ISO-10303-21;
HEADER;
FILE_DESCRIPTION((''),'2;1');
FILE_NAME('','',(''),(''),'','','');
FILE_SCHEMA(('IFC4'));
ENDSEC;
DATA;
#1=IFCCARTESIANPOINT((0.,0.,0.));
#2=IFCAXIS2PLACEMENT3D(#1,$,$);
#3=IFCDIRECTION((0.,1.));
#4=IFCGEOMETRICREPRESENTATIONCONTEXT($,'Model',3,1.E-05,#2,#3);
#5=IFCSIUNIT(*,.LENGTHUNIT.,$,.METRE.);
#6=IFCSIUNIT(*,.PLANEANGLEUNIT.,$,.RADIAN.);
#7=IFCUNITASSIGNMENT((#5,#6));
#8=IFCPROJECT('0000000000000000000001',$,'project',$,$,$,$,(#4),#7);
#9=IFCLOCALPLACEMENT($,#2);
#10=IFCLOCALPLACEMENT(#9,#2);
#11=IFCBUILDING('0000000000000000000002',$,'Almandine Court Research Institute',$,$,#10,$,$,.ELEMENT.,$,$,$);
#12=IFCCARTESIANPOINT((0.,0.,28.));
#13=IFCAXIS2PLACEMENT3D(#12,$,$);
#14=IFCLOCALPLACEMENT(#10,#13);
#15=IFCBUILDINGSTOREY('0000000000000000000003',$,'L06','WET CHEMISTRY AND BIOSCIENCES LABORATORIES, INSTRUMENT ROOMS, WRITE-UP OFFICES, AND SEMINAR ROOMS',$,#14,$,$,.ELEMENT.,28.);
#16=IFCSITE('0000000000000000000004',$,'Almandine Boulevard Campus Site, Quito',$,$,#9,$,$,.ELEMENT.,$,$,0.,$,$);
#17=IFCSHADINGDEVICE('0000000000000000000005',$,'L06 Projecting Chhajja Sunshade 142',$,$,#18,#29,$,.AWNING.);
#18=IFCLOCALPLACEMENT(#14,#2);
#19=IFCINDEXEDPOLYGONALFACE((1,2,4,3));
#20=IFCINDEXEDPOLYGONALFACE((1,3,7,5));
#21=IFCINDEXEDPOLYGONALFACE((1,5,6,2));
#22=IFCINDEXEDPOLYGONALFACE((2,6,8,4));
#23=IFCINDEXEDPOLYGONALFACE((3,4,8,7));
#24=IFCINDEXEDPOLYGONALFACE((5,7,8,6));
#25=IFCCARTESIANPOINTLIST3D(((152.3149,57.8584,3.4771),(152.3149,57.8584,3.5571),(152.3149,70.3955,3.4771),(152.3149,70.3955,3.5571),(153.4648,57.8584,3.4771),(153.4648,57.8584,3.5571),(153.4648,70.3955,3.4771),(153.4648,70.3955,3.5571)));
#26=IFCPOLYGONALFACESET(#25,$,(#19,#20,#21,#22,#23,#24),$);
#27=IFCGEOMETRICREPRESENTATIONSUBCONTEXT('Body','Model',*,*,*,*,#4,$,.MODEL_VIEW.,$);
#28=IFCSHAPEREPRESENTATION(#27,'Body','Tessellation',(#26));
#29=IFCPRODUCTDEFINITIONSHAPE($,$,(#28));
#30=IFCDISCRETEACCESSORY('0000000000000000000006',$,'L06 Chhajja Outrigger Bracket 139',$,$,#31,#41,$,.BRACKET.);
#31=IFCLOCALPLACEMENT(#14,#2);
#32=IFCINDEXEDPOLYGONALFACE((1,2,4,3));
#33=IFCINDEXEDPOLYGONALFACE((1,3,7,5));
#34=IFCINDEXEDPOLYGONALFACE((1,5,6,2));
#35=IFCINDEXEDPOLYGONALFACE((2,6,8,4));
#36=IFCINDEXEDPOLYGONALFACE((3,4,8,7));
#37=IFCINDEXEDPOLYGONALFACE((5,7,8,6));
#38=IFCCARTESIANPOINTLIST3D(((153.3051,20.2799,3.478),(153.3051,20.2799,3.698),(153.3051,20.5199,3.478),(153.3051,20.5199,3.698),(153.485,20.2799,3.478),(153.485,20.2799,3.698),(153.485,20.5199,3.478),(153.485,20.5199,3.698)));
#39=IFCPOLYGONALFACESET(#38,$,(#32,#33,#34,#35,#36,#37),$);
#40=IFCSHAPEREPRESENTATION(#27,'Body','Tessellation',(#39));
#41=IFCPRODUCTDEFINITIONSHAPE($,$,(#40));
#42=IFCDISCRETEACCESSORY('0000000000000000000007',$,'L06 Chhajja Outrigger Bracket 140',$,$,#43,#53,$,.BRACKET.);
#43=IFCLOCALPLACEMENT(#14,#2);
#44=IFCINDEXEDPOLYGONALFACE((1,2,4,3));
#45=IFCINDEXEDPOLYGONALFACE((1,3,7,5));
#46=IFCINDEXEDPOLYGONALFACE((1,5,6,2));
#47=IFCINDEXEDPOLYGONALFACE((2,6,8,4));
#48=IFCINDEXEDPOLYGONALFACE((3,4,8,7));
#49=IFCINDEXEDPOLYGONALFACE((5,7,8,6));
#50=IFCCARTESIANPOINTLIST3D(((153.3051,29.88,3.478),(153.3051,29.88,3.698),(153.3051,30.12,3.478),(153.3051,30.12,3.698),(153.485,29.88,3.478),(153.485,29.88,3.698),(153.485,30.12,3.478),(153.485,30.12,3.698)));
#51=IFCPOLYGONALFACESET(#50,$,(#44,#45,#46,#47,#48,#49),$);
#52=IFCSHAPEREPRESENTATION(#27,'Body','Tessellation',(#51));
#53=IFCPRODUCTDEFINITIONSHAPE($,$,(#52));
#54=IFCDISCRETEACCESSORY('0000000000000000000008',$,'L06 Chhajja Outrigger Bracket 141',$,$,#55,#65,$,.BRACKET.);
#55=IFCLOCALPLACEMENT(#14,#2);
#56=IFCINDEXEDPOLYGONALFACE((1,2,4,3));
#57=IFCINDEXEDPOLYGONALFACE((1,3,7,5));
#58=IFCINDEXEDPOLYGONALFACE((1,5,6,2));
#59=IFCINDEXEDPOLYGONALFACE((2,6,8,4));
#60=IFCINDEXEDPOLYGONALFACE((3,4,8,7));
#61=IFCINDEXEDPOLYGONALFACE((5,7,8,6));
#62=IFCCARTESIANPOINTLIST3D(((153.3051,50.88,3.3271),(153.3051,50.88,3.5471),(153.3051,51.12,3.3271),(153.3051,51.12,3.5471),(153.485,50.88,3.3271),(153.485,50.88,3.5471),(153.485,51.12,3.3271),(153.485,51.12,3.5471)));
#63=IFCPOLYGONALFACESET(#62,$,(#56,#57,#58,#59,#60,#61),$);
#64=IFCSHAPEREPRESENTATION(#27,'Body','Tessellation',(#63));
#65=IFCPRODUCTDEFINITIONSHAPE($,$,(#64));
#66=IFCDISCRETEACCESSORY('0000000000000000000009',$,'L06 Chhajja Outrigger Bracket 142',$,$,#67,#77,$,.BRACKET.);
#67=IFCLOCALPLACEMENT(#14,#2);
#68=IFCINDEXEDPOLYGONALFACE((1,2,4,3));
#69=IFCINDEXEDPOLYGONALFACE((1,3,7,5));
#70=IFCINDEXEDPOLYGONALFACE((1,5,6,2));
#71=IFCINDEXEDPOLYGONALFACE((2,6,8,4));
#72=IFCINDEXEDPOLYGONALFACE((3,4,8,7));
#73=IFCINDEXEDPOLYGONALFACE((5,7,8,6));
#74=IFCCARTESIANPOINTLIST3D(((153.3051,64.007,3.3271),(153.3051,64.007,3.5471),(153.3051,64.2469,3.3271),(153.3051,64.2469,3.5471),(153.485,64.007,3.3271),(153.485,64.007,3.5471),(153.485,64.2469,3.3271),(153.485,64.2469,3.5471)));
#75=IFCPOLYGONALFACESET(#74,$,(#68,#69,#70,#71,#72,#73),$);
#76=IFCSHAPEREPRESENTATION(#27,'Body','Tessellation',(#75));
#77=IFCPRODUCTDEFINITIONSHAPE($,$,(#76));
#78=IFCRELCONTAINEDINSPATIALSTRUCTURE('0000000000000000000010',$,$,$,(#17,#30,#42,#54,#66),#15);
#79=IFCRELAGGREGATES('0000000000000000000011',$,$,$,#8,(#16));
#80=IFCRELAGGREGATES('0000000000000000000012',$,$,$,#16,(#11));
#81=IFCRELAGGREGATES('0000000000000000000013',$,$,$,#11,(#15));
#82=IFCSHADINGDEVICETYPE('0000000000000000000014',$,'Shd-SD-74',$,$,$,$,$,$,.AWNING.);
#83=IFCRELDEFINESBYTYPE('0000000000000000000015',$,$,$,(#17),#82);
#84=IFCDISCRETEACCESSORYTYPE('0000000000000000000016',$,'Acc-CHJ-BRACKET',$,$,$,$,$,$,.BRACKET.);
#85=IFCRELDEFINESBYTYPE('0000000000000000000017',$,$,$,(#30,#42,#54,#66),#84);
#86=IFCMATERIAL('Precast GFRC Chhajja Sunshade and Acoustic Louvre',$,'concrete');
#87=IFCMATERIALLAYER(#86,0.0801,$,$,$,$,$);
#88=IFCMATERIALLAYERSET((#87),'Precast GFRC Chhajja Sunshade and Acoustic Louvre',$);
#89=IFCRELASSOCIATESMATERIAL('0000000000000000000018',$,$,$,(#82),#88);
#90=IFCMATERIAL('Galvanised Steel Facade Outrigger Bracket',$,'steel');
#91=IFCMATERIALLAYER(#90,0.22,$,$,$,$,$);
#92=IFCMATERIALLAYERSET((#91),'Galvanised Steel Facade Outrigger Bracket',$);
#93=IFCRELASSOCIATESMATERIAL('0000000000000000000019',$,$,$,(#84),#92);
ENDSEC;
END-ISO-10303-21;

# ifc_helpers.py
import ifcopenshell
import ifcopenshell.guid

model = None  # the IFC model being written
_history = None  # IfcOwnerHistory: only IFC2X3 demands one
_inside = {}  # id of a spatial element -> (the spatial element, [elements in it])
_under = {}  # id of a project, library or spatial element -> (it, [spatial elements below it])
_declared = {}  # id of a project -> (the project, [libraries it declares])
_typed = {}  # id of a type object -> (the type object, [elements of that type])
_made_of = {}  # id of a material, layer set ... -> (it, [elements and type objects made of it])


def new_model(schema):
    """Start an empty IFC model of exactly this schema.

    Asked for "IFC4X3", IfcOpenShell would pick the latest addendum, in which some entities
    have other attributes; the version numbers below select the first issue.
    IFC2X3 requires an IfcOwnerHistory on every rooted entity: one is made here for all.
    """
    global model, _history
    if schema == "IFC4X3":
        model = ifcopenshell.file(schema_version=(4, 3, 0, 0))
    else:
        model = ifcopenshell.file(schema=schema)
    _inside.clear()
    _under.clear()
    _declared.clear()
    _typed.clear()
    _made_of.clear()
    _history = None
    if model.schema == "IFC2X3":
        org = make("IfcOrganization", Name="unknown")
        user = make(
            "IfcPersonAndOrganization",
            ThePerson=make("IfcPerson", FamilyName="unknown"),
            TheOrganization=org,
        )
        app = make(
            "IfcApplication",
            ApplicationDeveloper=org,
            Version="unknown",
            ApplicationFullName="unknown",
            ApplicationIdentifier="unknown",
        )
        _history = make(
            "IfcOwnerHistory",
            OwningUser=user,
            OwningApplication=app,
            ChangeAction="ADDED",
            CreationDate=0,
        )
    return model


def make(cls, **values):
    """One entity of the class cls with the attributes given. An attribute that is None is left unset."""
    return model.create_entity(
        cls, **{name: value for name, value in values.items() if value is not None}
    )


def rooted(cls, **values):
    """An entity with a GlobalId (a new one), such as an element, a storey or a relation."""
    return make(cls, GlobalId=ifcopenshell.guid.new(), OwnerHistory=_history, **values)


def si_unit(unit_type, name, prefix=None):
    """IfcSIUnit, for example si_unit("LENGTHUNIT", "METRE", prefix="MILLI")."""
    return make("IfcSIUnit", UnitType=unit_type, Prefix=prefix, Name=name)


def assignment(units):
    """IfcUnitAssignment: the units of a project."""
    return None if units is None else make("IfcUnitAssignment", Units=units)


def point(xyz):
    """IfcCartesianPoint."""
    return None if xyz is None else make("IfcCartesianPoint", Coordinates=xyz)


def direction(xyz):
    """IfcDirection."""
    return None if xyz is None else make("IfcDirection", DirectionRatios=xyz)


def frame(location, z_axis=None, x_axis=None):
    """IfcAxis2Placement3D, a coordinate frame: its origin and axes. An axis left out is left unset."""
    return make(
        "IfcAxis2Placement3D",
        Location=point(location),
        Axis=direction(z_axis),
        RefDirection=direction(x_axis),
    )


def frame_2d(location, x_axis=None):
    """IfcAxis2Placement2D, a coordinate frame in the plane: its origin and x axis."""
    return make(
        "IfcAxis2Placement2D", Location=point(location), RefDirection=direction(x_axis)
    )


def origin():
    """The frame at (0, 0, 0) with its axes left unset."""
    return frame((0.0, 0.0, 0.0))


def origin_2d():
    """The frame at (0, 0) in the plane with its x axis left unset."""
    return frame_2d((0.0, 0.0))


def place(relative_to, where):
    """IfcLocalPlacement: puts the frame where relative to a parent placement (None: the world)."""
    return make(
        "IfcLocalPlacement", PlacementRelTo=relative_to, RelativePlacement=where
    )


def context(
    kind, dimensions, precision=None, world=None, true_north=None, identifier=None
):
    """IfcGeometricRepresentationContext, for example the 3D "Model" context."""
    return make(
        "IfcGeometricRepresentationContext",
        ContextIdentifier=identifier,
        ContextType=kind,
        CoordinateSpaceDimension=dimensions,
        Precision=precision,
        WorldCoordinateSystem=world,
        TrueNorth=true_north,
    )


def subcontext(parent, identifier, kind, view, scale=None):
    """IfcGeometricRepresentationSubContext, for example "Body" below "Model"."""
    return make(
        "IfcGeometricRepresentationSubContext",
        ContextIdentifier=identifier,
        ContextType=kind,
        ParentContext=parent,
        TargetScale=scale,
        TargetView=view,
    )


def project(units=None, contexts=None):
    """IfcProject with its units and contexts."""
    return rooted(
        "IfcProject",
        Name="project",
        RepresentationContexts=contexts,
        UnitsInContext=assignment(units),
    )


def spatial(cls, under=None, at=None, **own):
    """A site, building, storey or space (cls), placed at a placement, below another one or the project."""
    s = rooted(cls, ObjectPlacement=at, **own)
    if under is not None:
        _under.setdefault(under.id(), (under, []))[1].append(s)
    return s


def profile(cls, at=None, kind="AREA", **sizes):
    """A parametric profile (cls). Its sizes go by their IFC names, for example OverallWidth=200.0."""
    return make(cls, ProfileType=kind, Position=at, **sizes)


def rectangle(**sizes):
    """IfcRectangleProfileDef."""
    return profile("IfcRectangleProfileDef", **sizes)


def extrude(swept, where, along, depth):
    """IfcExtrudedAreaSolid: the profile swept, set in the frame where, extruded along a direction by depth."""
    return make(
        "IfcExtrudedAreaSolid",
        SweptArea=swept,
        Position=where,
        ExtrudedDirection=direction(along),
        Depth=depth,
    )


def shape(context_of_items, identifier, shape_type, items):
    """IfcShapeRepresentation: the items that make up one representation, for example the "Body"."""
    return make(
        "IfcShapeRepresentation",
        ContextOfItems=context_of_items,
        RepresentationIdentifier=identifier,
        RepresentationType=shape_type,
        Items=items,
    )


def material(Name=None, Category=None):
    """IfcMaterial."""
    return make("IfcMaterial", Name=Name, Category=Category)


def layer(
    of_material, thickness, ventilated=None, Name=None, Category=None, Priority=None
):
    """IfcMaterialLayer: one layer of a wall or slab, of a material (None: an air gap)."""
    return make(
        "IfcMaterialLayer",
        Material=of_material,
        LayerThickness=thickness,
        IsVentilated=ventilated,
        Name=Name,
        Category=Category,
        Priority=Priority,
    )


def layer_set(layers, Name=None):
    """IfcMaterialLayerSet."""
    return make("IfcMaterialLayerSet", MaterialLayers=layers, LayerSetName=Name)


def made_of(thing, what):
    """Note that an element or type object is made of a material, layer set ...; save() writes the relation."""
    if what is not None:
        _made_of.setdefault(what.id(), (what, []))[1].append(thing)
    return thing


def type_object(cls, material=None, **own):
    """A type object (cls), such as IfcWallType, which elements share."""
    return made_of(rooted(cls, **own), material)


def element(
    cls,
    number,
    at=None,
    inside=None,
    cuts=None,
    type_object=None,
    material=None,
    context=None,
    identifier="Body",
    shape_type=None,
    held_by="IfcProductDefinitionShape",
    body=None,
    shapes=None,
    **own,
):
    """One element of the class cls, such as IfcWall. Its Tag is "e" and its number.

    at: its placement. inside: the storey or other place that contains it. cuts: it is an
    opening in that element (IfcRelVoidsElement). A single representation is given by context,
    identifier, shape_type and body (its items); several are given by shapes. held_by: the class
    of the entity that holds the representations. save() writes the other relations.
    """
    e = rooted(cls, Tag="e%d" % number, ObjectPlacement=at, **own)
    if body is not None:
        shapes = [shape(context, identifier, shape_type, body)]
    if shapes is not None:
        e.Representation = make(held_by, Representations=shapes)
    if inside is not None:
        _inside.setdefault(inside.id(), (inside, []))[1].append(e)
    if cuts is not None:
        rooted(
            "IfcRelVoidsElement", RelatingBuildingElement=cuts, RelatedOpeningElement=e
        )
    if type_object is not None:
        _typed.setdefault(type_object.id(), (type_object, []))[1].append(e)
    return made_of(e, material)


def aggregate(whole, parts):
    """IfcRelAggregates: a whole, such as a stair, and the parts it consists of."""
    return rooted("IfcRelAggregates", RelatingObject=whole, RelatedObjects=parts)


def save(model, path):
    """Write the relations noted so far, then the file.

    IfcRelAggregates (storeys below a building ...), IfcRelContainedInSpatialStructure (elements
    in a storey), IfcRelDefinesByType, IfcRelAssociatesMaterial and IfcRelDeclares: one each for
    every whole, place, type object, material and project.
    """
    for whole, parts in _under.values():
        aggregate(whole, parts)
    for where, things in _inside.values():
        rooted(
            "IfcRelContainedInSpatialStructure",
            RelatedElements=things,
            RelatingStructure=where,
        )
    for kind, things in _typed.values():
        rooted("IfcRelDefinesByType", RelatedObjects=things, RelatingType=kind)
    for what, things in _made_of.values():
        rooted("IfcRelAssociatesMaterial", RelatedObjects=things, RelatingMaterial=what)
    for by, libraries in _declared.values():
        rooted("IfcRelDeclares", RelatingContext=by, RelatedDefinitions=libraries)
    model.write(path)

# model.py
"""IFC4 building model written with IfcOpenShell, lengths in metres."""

from ifc_helpers import new_model, si_unit, direction, frame, origin, origin_2d, place, context, subcontext, project, spatial, rectangle, extrude, material, layer, layer_set, type_object, element, save


model = new_model("IFC4")

# Units and contexts
model_context = context("Model", 3, precision=1e-05, world=origin(), true_north=direction((0.0, 1.0)))
body_context = subcontext(model_context, "Body", "Model", "MODEL_VIEW")
ifc_project = project(units=[si_unit("LENGTHUNIT", "METRE"), si_unit("PLANEANGLEUNIT", "RADIAN")], contexts=[model_context])

# Site, building, storey
site_placement = place(None, origin())
site = spatial("IfcSite", under=ifc_project, at=site_placement, Name="Almandine Boulevard Campus Site, Quito", CompositionType="ELEMENT", RefElevation=0.0)
building_placement = place(site_placement, origin())
building = spatial("IfcBuilding", under=site, at=building_placement, Name="Almandine Court Research Institute", CompositionType="ELEMENT")
storey_placement = place(building_placement, frame((0.0, 0.0, 28.0)))
storey = spatial("IfcBuildingStorey", under=building, at=storey_placement, Name="L06", Description="WET CHEMISTRY AND BIOSCIENCES LABORATORIES, INSTRUMENT ROOMS, WRITE-UP OFFICES, AND SEMINAR ROOMS", CompositionType="ELEMENT", Elevation=28.0)

# Shading device
ifc_material_1 = material(Name="Precast GFRC Chhajja Sunshade and Acoustic Louvre", Category="concrete")
ifc_layer_1 = layer(ifc_material_1, 0.0801)
ifc_layer_set_1 = layer_set([ifc_layer_1], Name="Precast GFRC Chhajja Sunshade and Acoustic Louvre")
shading_device_type_1 = type_object("IfcShadingDeviceType", Name="Shd-SD-74", PredefinedType="AWNING", material=ifc_layer_set_1)
shading_device_1_placement = place(storey_placement, frame((152.8899, 64.127, 3.4771), z_axis=(0.0, 0.0, 1.0), x_axis=(0.0, 1.0, 0.0)))
element("IfcShadingDevice", 1, at=shading_device_1_placement, inside=storey, type_object=shading_device_type_1, Name="L06 Projecting Chhajja Sunshade 142", PredefinedType="AWNING", context=body_context, shape_type="SweptSolid", body=[
    extrude(rectangle(XDim=12.5371, YDim=1.1499, at=origin_2d()), origin(), (0.0, 0.0, 1.0), 0.0801),
])

# Discrete accessories
ifc_material_2 = material(Name="Galvanised Steel Facade Outrigger Bracket", Category="steel")
ifc_layer_2 = layer(ifc_material_2, 0.22)
ifc_layer_set_2 = layer_set([ifc_layer_2], Name="Galvanised Steel Facade Outrigger Bracket")
discrete_accessory_type = type_object("IfcDiscreteAccessoryType", Name="Acc-CHJ-BRACKET", PredefinedType="BRACKET", material=ifc_layer_set_2)
for number, where, z_axis, x_axis, name in (
    (2, (153.395, 20.3999, 3.478), (0.0, 0.0, 1.0), (0.0, 1.0, 0.0), "L06 Chhajja Outrigger Bracket 139"),
    (3, (153.395, 30.0, 3.478), (0.0, 0.0, 1.0), (0.0, 1.0, 0.0), "L06 Chhajja Outrigger Bracket 140"),
    (4, (153.395, 51.0, 3.3271), (0.0, 0.0, 1.0), (0.0, 1.0, 0.0), "L06 Chhajja Outrigger Bracket 141"),
    (5, (153.395, 64.127, 3.3271), (0.0, 0.0, 1.0), (0.0, 1.0, 0.0), "L06 Chhajja Outrigger Bracket 142"),
):
    element("IfcDiscreteAccessory", number, at=place(storey_placement, frame(where, z_axis=z_axis, x_axis=x_axis)), inside=storey, type_object=discrete_accessory_type, Name=name, PredefinedType="BRACKET", context=body_context, shape_type="SweptSolid", body=[
        extrude(rectangle(XDim=0.24, YDim=0.1799, at=origin_2d()), origin(), (0.0, 0.0, 1.0), 0.22),
    ])

save(model, "model.ifc")
